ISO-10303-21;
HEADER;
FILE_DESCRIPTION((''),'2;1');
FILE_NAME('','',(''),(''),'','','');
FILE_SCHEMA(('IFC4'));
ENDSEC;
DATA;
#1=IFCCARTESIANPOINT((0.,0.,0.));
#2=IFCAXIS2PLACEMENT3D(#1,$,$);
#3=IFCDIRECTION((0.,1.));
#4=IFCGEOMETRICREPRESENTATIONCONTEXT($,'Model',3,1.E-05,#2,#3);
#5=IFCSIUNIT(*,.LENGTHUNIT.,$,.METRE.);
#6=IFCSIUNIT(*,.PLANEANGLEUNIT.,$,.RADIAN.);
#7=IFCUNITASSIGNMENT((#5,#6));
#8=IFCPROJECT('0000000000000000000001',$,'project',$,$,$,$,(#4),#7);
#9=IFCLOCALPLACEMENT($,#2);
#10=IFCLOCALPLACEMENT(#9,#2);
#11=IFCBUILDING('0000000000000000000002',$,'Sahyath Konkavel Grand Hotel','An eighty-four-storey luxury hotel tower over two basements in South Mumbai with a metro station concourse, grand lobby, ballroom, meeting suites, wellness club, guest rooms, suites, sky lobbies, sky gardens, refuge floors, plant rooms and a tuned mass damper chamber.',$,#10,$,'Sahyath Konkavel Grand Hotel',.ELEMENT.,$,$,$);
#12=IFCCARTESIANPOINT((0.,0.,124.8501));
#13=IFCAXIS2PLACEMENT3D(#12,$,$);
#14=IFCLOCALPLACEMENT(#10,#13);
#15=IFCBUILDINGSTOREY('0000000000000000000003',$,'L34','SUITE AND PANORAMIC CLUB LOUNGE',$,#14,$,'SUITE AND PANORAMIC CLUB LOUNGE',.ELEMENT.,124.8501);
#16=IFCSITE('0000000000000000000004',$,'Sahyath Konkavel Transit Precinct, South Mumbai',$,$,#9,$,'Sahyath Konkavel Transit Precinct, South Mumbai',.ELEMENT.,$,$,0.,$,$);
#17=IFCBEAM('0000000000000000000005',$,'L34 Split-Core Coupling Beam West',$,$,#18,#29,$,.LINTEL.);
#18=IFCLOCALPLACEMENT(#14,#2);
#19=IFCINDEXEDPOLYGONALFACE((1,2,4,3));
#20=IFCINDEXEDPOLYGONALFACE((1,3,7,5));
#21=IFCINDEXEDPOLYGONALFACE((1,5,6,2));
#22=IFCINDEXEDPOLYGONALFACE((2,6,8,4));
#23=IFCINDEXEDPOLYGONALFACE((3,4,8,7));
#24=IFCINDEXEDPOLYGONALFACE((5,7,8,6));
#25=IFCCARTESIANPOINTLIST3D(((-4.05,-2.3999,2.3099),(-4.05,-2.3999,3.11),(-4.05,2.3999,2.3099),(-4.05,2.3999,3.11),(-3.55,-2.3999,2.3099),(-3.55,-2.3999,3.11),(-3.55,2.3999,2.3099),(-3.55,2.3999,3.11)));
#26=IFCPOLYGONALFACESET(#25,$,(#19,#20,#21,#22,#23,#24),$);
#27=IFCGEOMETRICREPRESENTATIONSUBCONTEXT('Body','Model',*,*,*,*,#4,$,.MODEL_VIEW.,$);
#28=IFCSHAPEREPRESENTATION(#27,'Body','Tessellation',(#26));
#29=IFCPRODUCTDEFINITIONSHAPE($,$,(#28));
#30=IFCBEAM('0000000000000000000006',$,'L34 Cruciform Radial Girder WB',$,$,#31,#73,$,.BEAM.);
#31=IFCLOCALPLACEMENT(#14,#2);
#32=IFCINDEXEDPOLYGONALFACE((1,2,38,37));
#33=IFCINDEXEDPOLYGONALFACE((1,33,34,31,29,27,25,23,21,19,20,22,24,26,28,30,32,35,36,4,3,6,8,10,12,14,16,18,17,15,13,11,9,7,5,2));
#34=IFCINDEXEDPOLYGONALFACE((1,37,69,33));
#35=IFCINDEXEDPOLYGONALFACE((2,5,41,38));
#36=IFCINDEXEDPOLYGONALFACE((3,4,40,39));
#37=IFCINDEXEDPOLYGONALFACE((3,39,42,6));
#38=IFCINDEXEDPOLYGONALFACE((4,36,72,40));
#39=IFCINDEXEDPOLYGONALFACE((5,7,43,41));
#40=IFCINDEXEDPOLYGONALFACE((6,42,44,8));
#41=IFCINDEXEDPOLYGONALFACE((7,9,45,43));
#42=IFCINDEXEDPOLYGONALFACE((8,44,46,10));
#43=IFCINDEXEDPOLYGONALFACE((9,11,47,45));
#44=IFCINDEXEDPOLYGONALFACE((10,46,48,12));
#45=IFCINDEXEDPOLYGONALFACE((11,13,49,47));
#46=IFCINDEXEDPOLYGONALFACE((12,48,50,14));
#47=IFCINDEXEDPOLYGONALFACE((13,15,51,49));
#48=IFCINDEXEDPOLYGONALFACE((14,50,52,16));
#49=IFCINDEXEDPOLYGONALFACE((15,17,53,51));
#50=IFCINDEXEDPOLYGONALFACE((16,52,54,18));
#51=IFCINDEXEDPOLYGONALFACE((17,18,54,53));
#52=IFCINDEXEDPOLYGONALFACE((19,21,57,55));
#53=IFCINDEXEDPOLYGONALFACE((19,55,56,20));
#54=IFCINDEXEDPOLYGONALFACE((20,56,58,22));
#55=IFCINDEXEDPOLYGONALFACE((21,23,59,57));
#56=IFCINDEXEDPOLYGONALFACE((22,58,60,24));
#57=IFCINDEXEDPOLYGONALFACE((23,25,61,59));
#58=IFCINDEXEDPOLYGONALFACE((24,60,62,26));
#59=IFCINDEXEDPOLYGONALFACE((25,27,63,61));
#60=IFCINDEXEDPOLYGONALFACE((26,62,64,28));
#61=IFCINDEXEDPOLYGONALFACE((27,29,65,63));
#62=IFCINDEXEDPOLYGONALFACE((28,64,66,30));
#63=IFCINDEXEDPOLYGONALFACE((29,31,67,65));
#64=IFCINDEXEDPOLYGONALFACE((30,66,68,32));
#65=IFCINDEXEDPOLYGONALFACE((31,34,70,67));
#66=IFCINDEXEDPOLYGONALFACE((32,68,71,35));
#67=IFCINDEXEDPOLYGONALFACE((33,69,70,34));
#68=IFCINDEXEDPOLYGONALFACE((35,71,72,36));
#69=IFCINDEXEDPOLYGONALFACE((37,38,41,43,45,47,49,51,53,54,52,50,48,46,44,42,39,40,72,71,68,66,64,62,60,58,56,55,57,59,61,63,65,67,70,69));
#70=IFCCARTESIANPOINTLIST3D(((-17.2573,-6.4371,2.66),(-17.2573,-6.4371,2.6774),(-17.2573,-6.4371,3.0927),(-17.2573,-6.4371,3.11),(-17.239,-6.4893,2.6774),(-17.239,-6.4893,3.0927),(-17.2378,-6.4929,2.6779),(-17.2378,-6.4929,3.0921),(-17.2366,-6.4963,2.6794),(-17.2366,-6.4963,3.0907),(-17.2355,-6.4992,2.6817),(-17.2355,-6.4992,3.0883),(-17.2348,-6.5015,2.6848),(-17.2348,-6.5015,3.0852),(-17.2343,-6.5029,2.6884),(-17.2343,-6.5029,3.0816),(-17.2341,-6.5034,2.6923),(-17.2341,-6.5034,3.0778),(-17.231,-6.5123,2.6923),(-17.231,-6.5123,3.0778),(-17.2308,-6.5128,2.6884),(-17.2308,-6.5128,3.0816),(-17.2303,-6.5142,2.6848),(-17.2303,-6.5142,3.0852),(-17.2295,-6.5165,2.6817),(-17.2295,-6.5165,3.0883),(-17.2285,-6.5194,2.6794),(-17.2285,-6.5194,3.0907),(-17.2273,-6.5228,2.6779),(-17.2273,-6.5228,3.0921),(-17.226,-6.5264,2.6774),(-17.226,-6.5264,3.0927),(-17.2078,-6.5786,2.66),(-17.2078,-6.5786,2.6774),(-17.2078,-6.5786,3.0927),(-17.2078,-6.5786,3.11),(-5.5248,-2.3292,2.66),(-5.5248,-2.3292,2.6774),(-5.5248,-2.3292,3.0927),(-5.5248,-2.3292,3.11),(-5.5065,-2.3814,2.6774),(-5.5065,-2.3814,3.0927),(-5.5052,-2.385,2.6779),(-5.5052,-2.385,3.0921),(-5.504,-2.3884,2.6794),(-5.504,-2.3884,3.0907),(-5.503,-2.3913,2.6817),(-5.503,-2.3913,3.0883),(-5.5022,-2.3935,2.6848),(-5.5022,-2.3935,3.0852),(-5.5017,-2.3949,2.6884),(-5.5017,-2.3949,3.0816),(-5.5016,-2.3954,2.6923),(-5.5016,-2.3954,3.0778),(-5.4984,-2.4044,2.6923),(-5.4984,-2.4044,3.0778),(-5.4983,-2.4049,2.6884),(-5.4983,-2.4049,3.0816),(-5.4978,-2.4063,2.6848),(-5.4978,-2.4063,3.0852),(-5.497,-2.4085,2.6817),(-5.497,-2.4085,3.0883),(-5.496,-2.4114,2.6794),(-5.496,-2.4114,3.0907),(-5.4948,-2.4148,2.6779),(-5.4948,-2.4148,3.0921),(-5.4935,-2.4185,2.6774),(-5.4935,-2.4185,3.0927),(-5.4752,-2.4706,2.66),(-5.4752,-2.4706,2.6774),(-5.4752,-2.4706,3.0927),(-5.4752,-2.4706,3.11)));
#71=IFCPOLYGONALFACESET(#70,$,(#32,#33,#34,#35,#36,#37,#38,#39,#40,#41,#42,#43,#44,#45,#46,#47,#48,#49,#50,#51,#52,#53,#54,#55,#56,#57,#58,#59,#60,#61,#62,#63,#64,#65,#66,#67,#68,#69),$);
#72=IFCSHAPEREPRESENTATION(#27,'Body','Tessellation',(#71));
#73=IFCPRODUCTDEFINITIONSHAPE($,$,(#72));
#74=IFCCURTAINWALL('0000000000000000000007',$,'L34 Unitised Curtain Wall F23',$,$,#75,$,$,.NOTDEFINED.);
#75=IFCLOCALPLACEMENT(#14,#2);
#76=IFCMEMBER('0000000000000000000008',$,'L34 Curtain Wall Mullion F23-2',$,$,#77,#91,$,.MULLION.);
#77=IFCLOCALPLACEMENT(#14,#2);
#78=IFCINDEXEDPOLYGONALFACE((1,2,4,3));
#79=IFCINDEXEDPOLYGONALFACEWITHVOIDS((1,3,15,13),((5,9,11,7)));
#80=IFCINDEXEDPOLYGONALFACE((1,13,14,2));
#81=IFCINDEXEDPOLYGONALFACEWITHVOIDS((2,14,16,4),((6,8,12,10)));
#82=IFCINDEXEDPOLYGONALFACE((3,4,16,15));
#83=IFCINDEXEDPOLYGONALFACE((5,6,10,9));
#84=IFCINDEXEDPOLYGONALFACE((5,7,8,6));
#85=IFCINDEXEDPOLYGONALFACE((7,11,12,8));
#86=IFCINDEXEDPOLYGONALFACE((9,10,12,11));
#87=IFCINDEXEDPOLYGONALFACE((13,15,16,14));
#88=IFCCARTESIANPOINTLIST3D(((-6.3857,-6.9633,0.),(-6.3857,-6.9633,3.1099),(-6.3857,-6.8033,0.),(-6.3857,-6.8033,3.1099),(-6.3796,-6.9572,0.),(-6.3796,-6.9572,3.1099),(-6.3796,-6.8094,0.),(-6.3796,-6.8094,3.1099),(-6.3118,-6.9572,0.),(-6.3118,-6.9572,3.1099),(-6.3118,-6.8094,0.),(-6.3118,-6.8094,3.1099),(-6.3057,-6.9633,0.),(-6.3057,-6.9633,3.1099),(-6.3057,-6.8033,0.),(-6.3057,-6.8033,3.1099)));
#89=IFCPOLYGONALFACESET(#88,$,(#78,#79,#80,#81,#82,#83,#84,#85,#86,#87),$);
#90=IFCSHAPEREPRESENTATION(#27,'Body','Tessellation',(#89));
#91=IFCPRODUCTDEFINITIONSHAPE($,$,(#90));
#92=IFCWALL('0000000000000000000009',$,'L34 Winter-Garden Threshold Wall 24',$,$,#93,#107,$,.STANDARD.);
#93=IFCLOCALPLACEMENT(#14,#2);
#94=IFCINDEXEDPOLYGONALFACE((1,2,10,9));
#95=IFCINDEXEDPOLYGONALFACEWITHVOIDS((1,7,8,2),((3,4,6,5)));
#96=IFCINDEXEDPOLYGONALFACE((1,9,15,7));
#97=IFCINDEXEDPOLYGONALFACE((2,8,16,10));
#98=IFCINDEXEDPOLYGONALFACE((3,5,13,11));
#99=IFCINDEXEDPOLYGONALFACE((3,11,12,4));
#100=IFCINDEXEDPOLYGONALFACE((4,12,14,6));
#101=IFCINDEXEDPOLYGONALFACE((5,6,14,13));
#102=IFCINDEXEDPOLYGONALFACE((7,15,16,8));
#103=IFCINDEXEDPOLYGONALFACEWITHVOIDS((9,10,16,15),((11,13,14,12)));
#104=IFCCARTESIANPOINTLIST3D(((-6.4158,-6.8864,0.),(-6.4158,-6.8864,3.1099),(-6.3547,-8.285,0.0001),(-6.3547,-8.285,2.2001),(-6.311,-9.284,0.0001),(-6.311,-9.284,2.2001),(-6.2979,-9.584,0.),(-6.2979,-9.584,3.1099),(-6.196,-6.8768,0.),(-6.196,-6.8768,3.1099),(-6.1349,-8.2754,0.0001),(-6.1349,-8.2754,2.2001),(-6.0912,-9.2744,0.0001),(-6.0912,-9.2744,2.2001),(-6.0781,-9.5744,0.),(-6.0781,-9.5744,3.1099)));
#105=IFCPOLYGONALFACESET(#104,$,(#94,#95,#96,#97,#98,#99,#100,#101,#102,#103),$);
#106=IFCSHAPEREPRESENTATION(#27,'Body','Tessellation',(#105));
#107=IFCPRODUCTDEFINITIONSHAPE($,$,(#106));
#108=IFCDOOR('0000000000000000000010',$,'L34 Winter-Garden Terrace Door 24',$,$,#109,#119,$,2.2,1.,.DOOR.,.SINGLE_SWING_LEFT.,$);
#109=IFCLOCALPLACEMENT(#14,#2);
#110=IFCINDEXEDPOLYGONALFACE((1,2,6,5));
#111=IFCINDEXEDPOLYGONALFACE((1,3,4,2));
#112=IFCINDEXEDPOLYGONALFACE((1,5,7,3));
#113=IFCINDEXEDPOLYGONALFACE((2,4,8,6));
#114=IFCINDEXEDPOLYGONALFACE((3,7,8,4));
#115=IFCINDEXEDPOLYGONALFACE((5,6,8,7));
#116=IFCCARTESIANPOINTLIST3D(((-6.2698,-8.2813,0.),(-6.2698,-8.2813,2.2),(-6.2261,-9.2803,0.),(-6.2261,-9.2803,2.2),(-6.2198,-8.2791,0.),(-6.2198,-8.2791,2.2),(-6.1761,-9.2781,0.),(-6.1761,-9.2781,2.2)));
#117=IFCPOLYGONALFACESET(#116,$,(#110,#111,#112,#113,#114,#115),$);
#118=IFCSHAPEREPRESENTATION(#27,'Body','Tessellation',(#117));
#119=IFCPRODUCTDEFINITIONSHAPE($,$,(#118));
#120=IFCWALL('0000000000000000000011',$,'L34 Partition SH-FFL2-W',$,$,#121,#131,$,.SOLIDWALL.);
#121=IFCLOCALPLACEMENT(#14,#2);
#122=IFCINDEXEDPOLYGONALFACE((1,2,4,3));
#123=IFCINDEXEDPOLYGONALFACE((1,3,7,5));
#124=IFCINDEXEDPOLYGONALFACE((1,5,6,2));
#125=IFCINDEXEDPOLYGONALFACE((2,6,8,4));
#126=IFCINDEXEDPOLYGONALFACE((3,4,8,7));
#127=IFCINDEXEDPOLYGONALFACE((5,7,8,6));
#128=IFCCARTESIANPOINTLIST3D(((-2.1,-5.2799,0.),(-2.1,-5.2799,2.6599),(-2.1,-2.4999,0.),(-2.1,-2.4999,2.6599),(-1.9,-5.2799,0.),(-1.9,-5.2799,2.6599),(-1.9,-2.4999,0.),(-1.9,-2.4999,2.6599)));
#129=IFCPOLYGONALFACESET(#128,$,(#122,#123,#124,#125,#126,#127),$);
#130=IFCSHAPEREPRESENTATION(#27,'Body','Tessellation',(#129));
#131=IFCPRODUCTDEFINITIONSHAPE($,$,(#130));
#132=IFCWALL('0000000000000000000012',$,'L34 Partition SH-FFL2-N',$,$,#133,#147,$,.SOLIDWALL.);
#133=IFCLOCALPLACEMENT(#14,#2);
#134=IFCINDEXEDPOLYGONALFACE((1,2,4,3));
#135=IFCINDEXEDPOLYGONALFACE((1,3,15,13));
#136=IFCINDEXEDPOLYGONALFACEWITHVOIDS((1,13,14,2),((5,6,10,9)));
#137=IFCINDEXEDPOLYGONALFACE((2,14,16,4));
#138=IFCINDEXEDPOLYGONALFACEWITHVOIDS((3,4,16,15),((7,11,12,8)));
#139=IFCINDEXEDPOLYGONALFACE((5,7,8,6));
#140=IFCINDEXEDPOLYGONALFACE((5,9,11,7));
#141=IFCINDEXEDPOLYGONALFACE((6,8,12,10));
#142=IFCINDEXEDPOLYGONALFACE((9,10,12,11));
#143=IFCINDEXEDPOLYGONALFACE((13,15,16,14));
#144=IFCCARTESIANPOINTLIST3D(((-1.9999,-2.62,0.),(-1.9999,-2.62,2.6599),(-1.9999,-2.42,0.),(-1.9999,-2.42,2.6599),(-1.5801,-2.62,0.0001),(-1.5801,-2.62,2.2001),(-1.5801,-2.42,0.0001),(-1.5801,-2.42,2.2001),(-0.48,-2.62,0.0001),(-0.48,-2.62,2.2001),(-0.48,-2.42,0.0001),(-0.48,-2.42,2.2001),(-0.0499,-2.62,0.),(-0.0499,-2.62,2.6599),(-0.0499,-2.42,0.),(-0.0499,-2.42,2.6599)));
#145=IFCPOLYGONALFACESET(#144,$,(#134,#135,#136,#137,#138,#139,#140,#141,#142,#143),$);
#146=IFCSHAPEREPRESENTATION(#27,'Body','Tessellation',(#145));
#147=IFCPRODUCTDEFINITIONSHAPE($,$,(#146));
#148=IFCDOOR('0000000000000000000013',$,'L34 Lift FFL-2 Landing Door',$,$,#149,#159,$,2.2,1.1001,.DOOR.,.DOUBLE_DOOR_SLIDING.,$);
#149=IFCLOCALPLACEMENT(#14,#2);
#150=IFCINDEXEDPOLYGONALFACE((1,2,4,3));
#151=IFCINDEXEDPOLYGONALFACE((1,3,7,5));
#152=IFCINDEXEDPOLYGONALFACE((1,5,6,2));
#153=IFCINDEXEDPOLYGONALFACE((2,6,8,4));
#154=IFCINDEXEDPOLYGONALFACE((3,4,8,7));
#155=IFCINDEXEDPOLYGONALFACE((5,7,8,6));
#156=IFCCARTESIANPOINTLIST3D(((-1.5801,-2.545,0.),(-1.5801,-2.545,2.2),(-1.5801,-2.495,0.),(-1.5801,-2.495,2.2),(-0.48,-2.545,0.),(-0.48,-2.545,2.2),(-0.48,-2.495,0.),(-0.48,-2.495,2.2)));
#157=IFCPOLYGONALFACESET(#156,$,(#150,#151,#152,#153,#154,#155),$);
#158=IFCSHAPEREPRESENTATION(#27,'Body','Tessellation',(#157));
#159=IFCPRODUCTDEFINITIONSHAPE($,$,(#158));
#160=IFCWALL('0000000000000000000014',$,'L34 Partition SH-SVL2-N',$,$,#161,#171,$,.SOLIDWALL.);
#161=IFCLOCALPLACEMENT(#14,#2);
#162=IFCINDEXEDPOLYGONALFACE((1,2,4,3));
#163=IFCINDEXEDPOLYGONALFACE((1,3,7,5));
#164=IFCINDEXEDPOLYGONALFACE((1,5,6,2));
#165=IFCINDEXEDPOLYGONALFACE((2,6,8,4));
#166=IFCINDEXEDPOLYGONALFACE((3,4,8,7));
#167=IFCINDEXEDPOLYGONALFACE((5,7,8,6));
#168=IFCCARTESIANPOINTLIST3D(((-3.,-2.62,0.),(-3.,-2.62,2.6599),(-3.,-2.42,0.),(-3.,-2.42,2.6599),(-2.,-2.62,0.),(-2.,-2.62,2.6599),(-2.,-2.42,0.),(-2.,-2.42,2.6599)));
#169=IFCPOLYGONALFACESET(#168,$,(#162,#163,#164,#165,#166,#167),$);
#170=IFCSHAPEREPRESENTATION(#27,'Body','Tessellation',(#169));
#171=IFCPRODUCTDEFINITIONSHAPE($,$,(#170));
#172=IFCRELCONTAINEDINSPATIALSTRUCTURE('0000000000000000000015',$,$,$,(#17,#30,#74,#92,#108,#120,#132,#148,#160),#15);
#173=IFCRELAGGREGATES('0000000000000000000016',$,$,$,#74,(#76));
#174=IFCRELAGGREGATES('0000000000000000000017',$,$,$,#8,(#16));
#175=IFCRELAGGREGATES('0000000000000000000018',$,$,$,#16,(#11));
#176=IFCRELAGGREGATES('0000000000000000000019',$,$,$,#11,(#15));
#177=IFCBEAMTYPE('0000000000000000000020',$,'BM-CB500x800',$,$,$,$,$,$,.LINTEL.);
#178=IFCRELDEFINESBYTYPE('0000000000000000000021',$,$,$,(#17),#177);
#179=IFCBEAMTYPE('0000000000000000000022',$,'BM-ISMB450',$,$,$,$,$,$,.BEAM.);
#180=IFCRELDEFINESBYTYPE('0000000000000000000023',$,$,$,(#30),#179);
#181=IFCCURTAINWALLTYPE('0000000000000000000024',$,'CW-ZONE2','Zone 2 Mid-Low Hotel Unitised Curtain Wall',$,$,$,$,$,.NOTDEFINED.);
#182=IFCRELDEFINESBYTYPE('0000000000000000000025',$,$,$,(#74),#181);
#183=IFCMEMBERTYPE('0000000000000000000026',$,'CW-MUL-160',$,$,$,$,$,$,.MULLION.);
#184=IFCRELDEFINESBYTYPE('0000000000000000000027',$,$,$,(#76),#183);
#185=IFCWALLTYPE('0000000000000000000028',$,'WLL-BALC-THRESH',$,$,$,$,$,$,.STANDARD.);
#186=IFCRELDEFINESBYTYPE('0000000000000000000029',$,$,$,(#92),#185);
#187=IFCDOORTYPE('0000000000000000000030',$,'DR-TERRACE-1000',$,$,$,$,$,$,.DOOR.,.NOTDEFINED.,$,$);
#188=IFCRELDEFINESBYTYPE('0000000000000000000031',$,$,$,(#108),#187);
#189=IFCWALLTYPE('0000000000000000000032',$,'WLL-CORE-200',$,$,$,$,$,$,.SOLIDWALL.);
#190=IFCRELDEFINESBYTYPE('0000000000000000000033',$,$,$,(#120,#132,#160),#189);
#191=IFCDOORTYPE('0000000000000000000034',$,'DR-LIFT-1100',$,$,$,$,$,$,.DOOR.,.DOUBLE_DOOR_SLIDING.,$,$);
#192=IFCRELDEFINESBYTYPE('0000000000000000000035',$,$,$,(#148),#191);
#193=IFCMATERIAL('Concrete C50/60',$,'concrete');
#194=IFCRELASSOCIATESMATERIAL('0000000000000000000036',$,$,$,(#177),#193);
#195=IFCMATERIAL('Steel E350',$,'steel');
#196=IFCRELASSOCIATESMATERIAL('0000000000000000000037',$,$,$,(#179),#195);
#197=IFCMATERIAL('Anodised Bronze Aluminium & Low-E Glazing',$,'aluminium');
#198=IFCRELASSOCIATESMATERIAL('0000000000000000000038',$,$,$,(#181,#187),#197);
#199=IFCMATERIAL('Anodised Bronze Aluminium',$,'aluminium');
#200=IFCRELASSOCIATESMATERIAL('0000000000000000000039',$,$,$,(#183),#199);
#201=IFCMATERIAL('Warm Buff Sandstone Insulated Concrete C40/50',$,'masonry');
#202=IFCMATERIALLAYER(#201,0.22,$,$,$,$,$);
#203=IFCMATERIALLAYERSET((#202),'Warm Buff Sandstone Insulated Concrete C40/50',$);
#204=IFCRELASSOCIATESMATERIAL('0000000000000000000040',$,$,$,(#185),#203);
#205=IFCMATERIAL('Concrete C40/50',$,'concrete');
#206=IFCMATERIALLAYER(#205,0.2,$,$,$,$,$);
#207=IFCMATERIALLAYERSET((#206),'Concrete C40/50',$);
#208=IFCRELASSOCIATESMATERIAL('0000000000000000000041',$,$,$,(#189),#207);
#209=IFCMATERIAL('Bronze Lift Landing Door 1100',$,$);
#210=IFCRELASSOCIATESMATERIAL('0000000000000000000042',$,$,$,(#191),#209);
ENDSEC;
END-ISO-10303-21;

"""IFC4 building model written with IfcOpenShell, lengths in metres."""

from ifc_helpers import new_model, si_unit, direction, frame, frame_2d, origin, origin_2d, place, context, subcontext, project, spatial, rectangle, hollow_rectangle, i_section, extrude, source, transform, mapped, material, layer, layer_set, material_profile, profile_set, type_object, element, fill, aggregate, save


model = new_model("IFC4")

# Units and contexts
model_context = context("Model", 3, precision=1e-05, world=origin(), true_north=direction((0.0, 1.0)))
body_context = subcontext(model_context, "Body", "Model", "MODEL_VIEW")
ifc_project = project(units=[si_unit("LENGTHUNIT", "METRE"), si_unit("PLANEANGLEUNIT", "RADIAN")], contexts=[model_context])

# Site, building, storey
site_placement = place(None, origin())
site = spatial("IfcSite", under=ifc_project, at=site_placement, Name="Sahyath Konkavel Transit Precinct, South Mumbai", LongName="Sahyath Konkavel Transit Precinct, South Mumbai", CompositionType="ELEMENT", RefElevation=0.0)
building_placement = place(site_placement, origin())
building = spatial("IfcBuilding", under=site, at=building_placement, Name="Sahyath Konkavel Grand Hotel", Description="An eighty-four-storey luxury hotel tower over two basements in South Mumbai with a metro station concourse, grand lobby, ballroom, meeting suites, wellness club, guest rooms, suites, sky lobbies, sky gardens, refuge floors, plant rooms and a tuned mass damper chamber.", LongName="Sahyath Konkavel Grand Hotel", CompositionType="ELEMENT")
storey_placement = place(building_placement, frame((0.0, 0.0, 124.8501)))
storey = spatial("IfcBuildingStorey", under=building, at=storey_placement, Name="L34", Description="SUITE AND PANORAMIC CLUB LOUNGE", LongName="SUITE AND PANORAMIC CLUB LOUNGE", CompositionType="ELEMENT", Elevation=124.8501)

# Shared definitions
ifc_material_1 = material(Name="Concrete C50/60", Category="concrete")

# Beams
ifc_material_2 = material(Name="Steel E350", Category="steel")
ifc_material_profile_1 = material_profile(ifc_material_1, rectangle(XDim=0.5, YDim=0.8, at=origin_2d()), Name="RC 500x800")
ifc_profile_set_1 = profile_set([ifc_material_profile_1], Name="Concrete C50/60")
beam_type_1 = type_object("IfcBeamType", Name="BM-CB500x800", PredefinedType="LINTEL", material=ifc_profile_set_1)
shared_shape_1 = source(origin(), body_context, "Body", "SweptSolid", [
    extrude(rectangle(XDim=0.5, YDim=0.8, at=origin_2d()), origin(), (0.0, 0.0, 1.0), 4.7998),
])
beam_1_placement = place(storey_placement, frame((-3.8, -2.3999, 2.71), z_axis=(0.0, 1.0, 0.0), x_axis=(-1.0, 0.0, 0.0)))
element("IfcBeam", 1, at=beam_1_placement, inside=storey, type_object=beam_type_1, Name="L34 Split-Core Coupling Beam West", PredefinedType="LINTEL", context=body_context, shape_type="MappedRepresentation", body=[
    mapped(shared_shape_1, transform((0.0, 0.0, 0.0), scale=1.0)),
])
ifc_material_profile_2 = material_profile(ifc_material_2, i_section(OverallWidth=0.1499, OverallDepth=0.45, WebThickness=0.0095, FlangeThickness=0.0173, FilletRadius=0.0149, at=origin_2d()), Name="ISMB 450")
ifc_profile_set_2 = profile_set([ifc_material_profile_2], Name="Steel E350")
beam_type_2 = type_object("IfcBeamType", Name="BM-ISMB450", PredefinedType="BEAM", material=ifc_profile_set_2)
shared_shape_2 = source(origin(), body_context, "Body", "SweptSolid", [
    extrude(i_section(OverallWidth=0.1499, OverallDepth=0.45, WebThickness=0.0095, FlangeThickness=0.0173, FilletRadius=0.0149, at=origin_2d()), origin(), (0.0, 0.0, 1.0), 12.4309),
])
beam_2_placement = place(storey_placement, frame((-5.5, -2.3999, 2.885), z_axis=(-0.943819, -0.330462, 0.0), x_axis=(0.330462, -0.943819, 0.0)))
element("IfcBeam", 2, at=beam_2_placement, inside=storey, type_object=beam_type_2, Name="L34 Cruciform Radial Girder WB", PredefinedType="BEAM", context=body_context, shape_type="MappedRepresentation", body=[
    mapped(shared_shape_2, transform((0.0, 0.0, 0.0), scale=1.0)),
])

# Curtain wall, member
ifc_material_3 = material(Name="Anodised Bronze Aluminium & Low-E Glazing", Category="aluminium")
curtain_wall_type = type_object("IfcCurtainWallType", Name="CW-ZONE2", Description="Zone 2 Mid-Low Hotel Unitised Curtain Wall", PredefinedType="NOTDEFINED", material=ifc_material_3)
curtain_wall_placement = place(storey_placement, origin())
curtain_wall = element("IfcCurtainWall", 3, at=curtain_wall_placement, inside=storey, type_object=curtain_wall_type, Name="L34 Unitised Curtain Wall F23", PredefinedType="NOTDEFINED")
ifc_material_4 = material(Name="Anodised Bronze Aluminium", Category="aluminium")
ifc_material_profile_3 = material_profile(ifc_material_4, hollow_rectangle(XDim=0.0801, YDim=0.1599, WallThickness=0.0061, at=origin_2d()), Name="RHS 160x80x6")
ifc_profile_set_3 = profile_set([ifc_material_profile_3], Name="Anodised Bronze Aluminium")
member_type = type_object("IfcMemberType", Name="CW-MUL-160", PredefinedType="MULLION", material=ifc_profile_set_3)
shared_shape_3 = source(origin(), body_context, "Body", "SweptSolid", [
    extrude(hollow_rectangle(XDim=0.0801, YDim=0.1599, WallThickness=0.0061, at=origin_2d()), origin(), (0.0, 0.0, 1.0), 3.1099),
])
member_placement = place(storey_placement, frame((-6.3457, -6.8833, 0.0), z_axis=(0.0, 0.0, 1.0), x_axis=(1.0, 0.0, 0.0)))
member = element("IfcMember", 4, at=member_placement, type_object=member_type, Name="L34 Curtain Wall Mullion F23-2", PredefinedType="MULLION", context=body_context, shape_type="MappedRepresentation", body=[
    mapped(shared_shape_3, transform((0.0, 0.0, 0.0), scale=1.0)),
])
aggregate(curtain_wall, [member])

# Wall, opening, door
ifc_material_5 = material(Name="Warm Buff Sandstone Insulated Concrete C40/50", Category="masonry")
ifc_layer_1 = layer(ifc_material_5, 0.22)
ifc_layer_set_1 = layer_set([ifc_layer_1], Name="Warm Buff Sandstone Insulated Concrete C40/50")
wall_type_1 = type_object("IfcWallType", Name="WLL-BALC-THRESH", PredefinedType="STANDARD", material=ifc_layer_set_1)
wall_1_placement = place(storey_placement, frame((-6.3059, -6.8816, 0.0), z_axis=(0.0, 0.0, 1.0), x_axis=(0.043673, -0.999046, 0.0)))
wall_1 = element("IfcWall", 5, at=wall_1_placement, inside=storey, type_object=wall_type_1, Name="L34 Winter-Garden Threshold Wall 24", PredefinedType="STANDARD", context=body_context, shape_type="SweptSolid", body=[
    extrude(rectangle(XDim=2.7002, YDim=0.22, at=frame_2d((1.3501, 0.0))), origin(), (0.0, 0.0, 1.0), 3.1099),
])
opening_1_placement = place(wall_1_placement, frame((1.3999, 0.0, 0.0)))
opening_1 = element("IfcOpeningElement", 6, at=opening_1_placement, cuts=wall_1, PredefinedType="OPENING", context=body_context, shape_type="SweptSolid", body=[
    extrude(rectangle(XDim=1.0, YDim=2.2, at=frame_2d((0.5, 1.1001))), frame((0.0, 0.1201, 0.0), z_axis=(0.0, -1.0, 0.0), x_axis=(1.0, 0.0, 0.0)), (0.0, 0.0, 1.0), 0.24),
])
door_type_1 = type_object("IfcDoorType", Name="DR-TERRACE-1000", OperationType="NOTDEFINED", PredefinedType="DOOR", material=ifc_material_3)
shared_shape_4 = source(origin(), body_context, "Body", "SweptSolid", [
    extrude(rectangle(XDim=1.0, YDim=0.05, at=origin_2d()), origin(), (0.0, 0.0, 1.0), 2.2),
])
door_1_placement = place(opening_1_placement, frame((0.5, 0.0, 0.0)))
door_1 = element("IfcDoor", 7, at=door_1_placement, inside=storey, type_object=door_type_1, Name="L34 Winter-Garden Terrace Door 24", OperationType="SINGLE_SWING_LEFT", OverallHeight=2.2, OverallWidth=1.0, PredefinedType="DOOR", context=body_context, shape_type="MappedRepresentation", body=[
    mapped(shared_shape_4, transform((0.0, 0.0, 0.0), scale=1.0)),
])
fill(opening_1, door_1)

# Wall
ifc_material_6 = material(Name="Concrete C40/50", Category="concrete")
ifc_layer_2 = layer(ifc_material_6, 0.2)
ifc_layer_set_2 = layer_set([ifc_layer_2], Name="Concrete C40/50")
wall_type_2 = type_object("IfcWallType", Name="WLL-CORE-200", PredefinedType="SOLIDWALL", material=ifc_layer_set_2)
wall_2_placement = place(storey_placement, frame((-2.0, -5.28, 0.0), z_axis=(0.0, 0.0, 1.0), x_axis=(0.0, 1.0, 0.0)))
element("IfcWall", 8, at=wall_2_placement, inside=storey, type_object=wall_type_2, Name="L34 Partition SH-FFL2-W", PredefinedType="SOLIDWALL", context=body_context, shape_type="SweptSolid", body=[
    extrude(rectangle(XDim=2.78, YDim=0.2, at=frame_2d((1.3901, 0.0))), origin(), (0.0, 0.0, 1.0), 2.6599),
])

# Wall, opening, door
wall_3_placement = place(storey_placement, frame((-2.0, -2.52, 0.0), z_axis=(0.0, 0.0, 1.0), x_axis=(1.0, 0.0, 0.0)))
wall_3 = element("IfcWall", 9, at=wall_3_placement, inside=storey, type_object=wall_type_2, Name="L34 Partition SH-FFL2-N", PredefinedType="SOLIDWALL", context=body_context, shape_type="SweptSolid", body=[
    extrude(rectangle(XDim=1.95, YDim=0.2, at=frame_2d((0.9751, 0.0))), origin(), (0.0, 0.0, 1.0), 2.6599),
])
opening_2_placement = place(wall_3_placement, frame((0.4199, 0.0, 0.0)))
opening_2 = element("IfcOpeningElement", 10, at=opening_2_placement, cuts=wall_3, PredefinedType="OPENING", context=body_context, shape_type="SweptSolid", body=[
    extrude(rectangle(XDim=1.1001, YDim=2.2, at=frame_2d((0.55, 1.1001))), frame((0.0, 0.1099, 0.0), z_axis=(0.0, -1.0, 0.0), x_axis=(1.0, 0.0, 0.0)), (0.0, 0.0, 1.0), 0.22),
])
ifc_material_7 = material(Name="Bronze Lift Landing Door 1100")
door_type_2 = type_object("IfcDoorType", Name="DR-LIFT-1100", OperationType="DOUBLE_DOOR_SLIDING", PredefinedType="DOOR", material=ifc_material_7)
shared_shape_5 = source(origin(), body_context, "Body", "SweptSolid", [
    extrude(rectangle(XDim=1.1001, YDim=0.05, at=origin_2d()), origin(), (0.0, 0.0, 1.0), 2.2),
])
door_2_placement = place(opening_2_placement, frame((0.55, 0.0, 0.0)))
door_2 = element("IfcDoor", 11, at=door_2_placement, inside=storey, type_object=door_type_2, Name="L34 Lift FFL-2 Landing Door", OperationType="DOUBLE_DOOR_SLIDING", OverallHeight=2.2, OverallWidth=1.1001, PredefinedType="DOOR", context=body_context, shape_type="MappedRepresentation", body=[
    mapped(shared_shape_5, transform((0.0, 0.0, 0.0), scale=1.0)),
])
fill(opening_2, door_2)

# Wall
wall_4_placement = place(storey_placement, frame((-3.0, -2.52, 0.0), z_axis=(0.0, 0.0, 1.0), x_axis=(1.0, 0.0, 0.0)))
element("IfcWall", 12, at=wall_4_placement, inside=storey, type_object=wall_type_2, Name="L34 Partition SH-SVL2-N", PredefinedType="SOLIDWALL", context=body_context, shape_type="SweptSolid", body=[
    extrude(rectangle(XDim=1.0, YDim=0.2, at=frame_2d((0.5, 0.0))), origin(), (0.0, 0.0, 1.0), 2.6599),
])

save(model, "model.ifc")
